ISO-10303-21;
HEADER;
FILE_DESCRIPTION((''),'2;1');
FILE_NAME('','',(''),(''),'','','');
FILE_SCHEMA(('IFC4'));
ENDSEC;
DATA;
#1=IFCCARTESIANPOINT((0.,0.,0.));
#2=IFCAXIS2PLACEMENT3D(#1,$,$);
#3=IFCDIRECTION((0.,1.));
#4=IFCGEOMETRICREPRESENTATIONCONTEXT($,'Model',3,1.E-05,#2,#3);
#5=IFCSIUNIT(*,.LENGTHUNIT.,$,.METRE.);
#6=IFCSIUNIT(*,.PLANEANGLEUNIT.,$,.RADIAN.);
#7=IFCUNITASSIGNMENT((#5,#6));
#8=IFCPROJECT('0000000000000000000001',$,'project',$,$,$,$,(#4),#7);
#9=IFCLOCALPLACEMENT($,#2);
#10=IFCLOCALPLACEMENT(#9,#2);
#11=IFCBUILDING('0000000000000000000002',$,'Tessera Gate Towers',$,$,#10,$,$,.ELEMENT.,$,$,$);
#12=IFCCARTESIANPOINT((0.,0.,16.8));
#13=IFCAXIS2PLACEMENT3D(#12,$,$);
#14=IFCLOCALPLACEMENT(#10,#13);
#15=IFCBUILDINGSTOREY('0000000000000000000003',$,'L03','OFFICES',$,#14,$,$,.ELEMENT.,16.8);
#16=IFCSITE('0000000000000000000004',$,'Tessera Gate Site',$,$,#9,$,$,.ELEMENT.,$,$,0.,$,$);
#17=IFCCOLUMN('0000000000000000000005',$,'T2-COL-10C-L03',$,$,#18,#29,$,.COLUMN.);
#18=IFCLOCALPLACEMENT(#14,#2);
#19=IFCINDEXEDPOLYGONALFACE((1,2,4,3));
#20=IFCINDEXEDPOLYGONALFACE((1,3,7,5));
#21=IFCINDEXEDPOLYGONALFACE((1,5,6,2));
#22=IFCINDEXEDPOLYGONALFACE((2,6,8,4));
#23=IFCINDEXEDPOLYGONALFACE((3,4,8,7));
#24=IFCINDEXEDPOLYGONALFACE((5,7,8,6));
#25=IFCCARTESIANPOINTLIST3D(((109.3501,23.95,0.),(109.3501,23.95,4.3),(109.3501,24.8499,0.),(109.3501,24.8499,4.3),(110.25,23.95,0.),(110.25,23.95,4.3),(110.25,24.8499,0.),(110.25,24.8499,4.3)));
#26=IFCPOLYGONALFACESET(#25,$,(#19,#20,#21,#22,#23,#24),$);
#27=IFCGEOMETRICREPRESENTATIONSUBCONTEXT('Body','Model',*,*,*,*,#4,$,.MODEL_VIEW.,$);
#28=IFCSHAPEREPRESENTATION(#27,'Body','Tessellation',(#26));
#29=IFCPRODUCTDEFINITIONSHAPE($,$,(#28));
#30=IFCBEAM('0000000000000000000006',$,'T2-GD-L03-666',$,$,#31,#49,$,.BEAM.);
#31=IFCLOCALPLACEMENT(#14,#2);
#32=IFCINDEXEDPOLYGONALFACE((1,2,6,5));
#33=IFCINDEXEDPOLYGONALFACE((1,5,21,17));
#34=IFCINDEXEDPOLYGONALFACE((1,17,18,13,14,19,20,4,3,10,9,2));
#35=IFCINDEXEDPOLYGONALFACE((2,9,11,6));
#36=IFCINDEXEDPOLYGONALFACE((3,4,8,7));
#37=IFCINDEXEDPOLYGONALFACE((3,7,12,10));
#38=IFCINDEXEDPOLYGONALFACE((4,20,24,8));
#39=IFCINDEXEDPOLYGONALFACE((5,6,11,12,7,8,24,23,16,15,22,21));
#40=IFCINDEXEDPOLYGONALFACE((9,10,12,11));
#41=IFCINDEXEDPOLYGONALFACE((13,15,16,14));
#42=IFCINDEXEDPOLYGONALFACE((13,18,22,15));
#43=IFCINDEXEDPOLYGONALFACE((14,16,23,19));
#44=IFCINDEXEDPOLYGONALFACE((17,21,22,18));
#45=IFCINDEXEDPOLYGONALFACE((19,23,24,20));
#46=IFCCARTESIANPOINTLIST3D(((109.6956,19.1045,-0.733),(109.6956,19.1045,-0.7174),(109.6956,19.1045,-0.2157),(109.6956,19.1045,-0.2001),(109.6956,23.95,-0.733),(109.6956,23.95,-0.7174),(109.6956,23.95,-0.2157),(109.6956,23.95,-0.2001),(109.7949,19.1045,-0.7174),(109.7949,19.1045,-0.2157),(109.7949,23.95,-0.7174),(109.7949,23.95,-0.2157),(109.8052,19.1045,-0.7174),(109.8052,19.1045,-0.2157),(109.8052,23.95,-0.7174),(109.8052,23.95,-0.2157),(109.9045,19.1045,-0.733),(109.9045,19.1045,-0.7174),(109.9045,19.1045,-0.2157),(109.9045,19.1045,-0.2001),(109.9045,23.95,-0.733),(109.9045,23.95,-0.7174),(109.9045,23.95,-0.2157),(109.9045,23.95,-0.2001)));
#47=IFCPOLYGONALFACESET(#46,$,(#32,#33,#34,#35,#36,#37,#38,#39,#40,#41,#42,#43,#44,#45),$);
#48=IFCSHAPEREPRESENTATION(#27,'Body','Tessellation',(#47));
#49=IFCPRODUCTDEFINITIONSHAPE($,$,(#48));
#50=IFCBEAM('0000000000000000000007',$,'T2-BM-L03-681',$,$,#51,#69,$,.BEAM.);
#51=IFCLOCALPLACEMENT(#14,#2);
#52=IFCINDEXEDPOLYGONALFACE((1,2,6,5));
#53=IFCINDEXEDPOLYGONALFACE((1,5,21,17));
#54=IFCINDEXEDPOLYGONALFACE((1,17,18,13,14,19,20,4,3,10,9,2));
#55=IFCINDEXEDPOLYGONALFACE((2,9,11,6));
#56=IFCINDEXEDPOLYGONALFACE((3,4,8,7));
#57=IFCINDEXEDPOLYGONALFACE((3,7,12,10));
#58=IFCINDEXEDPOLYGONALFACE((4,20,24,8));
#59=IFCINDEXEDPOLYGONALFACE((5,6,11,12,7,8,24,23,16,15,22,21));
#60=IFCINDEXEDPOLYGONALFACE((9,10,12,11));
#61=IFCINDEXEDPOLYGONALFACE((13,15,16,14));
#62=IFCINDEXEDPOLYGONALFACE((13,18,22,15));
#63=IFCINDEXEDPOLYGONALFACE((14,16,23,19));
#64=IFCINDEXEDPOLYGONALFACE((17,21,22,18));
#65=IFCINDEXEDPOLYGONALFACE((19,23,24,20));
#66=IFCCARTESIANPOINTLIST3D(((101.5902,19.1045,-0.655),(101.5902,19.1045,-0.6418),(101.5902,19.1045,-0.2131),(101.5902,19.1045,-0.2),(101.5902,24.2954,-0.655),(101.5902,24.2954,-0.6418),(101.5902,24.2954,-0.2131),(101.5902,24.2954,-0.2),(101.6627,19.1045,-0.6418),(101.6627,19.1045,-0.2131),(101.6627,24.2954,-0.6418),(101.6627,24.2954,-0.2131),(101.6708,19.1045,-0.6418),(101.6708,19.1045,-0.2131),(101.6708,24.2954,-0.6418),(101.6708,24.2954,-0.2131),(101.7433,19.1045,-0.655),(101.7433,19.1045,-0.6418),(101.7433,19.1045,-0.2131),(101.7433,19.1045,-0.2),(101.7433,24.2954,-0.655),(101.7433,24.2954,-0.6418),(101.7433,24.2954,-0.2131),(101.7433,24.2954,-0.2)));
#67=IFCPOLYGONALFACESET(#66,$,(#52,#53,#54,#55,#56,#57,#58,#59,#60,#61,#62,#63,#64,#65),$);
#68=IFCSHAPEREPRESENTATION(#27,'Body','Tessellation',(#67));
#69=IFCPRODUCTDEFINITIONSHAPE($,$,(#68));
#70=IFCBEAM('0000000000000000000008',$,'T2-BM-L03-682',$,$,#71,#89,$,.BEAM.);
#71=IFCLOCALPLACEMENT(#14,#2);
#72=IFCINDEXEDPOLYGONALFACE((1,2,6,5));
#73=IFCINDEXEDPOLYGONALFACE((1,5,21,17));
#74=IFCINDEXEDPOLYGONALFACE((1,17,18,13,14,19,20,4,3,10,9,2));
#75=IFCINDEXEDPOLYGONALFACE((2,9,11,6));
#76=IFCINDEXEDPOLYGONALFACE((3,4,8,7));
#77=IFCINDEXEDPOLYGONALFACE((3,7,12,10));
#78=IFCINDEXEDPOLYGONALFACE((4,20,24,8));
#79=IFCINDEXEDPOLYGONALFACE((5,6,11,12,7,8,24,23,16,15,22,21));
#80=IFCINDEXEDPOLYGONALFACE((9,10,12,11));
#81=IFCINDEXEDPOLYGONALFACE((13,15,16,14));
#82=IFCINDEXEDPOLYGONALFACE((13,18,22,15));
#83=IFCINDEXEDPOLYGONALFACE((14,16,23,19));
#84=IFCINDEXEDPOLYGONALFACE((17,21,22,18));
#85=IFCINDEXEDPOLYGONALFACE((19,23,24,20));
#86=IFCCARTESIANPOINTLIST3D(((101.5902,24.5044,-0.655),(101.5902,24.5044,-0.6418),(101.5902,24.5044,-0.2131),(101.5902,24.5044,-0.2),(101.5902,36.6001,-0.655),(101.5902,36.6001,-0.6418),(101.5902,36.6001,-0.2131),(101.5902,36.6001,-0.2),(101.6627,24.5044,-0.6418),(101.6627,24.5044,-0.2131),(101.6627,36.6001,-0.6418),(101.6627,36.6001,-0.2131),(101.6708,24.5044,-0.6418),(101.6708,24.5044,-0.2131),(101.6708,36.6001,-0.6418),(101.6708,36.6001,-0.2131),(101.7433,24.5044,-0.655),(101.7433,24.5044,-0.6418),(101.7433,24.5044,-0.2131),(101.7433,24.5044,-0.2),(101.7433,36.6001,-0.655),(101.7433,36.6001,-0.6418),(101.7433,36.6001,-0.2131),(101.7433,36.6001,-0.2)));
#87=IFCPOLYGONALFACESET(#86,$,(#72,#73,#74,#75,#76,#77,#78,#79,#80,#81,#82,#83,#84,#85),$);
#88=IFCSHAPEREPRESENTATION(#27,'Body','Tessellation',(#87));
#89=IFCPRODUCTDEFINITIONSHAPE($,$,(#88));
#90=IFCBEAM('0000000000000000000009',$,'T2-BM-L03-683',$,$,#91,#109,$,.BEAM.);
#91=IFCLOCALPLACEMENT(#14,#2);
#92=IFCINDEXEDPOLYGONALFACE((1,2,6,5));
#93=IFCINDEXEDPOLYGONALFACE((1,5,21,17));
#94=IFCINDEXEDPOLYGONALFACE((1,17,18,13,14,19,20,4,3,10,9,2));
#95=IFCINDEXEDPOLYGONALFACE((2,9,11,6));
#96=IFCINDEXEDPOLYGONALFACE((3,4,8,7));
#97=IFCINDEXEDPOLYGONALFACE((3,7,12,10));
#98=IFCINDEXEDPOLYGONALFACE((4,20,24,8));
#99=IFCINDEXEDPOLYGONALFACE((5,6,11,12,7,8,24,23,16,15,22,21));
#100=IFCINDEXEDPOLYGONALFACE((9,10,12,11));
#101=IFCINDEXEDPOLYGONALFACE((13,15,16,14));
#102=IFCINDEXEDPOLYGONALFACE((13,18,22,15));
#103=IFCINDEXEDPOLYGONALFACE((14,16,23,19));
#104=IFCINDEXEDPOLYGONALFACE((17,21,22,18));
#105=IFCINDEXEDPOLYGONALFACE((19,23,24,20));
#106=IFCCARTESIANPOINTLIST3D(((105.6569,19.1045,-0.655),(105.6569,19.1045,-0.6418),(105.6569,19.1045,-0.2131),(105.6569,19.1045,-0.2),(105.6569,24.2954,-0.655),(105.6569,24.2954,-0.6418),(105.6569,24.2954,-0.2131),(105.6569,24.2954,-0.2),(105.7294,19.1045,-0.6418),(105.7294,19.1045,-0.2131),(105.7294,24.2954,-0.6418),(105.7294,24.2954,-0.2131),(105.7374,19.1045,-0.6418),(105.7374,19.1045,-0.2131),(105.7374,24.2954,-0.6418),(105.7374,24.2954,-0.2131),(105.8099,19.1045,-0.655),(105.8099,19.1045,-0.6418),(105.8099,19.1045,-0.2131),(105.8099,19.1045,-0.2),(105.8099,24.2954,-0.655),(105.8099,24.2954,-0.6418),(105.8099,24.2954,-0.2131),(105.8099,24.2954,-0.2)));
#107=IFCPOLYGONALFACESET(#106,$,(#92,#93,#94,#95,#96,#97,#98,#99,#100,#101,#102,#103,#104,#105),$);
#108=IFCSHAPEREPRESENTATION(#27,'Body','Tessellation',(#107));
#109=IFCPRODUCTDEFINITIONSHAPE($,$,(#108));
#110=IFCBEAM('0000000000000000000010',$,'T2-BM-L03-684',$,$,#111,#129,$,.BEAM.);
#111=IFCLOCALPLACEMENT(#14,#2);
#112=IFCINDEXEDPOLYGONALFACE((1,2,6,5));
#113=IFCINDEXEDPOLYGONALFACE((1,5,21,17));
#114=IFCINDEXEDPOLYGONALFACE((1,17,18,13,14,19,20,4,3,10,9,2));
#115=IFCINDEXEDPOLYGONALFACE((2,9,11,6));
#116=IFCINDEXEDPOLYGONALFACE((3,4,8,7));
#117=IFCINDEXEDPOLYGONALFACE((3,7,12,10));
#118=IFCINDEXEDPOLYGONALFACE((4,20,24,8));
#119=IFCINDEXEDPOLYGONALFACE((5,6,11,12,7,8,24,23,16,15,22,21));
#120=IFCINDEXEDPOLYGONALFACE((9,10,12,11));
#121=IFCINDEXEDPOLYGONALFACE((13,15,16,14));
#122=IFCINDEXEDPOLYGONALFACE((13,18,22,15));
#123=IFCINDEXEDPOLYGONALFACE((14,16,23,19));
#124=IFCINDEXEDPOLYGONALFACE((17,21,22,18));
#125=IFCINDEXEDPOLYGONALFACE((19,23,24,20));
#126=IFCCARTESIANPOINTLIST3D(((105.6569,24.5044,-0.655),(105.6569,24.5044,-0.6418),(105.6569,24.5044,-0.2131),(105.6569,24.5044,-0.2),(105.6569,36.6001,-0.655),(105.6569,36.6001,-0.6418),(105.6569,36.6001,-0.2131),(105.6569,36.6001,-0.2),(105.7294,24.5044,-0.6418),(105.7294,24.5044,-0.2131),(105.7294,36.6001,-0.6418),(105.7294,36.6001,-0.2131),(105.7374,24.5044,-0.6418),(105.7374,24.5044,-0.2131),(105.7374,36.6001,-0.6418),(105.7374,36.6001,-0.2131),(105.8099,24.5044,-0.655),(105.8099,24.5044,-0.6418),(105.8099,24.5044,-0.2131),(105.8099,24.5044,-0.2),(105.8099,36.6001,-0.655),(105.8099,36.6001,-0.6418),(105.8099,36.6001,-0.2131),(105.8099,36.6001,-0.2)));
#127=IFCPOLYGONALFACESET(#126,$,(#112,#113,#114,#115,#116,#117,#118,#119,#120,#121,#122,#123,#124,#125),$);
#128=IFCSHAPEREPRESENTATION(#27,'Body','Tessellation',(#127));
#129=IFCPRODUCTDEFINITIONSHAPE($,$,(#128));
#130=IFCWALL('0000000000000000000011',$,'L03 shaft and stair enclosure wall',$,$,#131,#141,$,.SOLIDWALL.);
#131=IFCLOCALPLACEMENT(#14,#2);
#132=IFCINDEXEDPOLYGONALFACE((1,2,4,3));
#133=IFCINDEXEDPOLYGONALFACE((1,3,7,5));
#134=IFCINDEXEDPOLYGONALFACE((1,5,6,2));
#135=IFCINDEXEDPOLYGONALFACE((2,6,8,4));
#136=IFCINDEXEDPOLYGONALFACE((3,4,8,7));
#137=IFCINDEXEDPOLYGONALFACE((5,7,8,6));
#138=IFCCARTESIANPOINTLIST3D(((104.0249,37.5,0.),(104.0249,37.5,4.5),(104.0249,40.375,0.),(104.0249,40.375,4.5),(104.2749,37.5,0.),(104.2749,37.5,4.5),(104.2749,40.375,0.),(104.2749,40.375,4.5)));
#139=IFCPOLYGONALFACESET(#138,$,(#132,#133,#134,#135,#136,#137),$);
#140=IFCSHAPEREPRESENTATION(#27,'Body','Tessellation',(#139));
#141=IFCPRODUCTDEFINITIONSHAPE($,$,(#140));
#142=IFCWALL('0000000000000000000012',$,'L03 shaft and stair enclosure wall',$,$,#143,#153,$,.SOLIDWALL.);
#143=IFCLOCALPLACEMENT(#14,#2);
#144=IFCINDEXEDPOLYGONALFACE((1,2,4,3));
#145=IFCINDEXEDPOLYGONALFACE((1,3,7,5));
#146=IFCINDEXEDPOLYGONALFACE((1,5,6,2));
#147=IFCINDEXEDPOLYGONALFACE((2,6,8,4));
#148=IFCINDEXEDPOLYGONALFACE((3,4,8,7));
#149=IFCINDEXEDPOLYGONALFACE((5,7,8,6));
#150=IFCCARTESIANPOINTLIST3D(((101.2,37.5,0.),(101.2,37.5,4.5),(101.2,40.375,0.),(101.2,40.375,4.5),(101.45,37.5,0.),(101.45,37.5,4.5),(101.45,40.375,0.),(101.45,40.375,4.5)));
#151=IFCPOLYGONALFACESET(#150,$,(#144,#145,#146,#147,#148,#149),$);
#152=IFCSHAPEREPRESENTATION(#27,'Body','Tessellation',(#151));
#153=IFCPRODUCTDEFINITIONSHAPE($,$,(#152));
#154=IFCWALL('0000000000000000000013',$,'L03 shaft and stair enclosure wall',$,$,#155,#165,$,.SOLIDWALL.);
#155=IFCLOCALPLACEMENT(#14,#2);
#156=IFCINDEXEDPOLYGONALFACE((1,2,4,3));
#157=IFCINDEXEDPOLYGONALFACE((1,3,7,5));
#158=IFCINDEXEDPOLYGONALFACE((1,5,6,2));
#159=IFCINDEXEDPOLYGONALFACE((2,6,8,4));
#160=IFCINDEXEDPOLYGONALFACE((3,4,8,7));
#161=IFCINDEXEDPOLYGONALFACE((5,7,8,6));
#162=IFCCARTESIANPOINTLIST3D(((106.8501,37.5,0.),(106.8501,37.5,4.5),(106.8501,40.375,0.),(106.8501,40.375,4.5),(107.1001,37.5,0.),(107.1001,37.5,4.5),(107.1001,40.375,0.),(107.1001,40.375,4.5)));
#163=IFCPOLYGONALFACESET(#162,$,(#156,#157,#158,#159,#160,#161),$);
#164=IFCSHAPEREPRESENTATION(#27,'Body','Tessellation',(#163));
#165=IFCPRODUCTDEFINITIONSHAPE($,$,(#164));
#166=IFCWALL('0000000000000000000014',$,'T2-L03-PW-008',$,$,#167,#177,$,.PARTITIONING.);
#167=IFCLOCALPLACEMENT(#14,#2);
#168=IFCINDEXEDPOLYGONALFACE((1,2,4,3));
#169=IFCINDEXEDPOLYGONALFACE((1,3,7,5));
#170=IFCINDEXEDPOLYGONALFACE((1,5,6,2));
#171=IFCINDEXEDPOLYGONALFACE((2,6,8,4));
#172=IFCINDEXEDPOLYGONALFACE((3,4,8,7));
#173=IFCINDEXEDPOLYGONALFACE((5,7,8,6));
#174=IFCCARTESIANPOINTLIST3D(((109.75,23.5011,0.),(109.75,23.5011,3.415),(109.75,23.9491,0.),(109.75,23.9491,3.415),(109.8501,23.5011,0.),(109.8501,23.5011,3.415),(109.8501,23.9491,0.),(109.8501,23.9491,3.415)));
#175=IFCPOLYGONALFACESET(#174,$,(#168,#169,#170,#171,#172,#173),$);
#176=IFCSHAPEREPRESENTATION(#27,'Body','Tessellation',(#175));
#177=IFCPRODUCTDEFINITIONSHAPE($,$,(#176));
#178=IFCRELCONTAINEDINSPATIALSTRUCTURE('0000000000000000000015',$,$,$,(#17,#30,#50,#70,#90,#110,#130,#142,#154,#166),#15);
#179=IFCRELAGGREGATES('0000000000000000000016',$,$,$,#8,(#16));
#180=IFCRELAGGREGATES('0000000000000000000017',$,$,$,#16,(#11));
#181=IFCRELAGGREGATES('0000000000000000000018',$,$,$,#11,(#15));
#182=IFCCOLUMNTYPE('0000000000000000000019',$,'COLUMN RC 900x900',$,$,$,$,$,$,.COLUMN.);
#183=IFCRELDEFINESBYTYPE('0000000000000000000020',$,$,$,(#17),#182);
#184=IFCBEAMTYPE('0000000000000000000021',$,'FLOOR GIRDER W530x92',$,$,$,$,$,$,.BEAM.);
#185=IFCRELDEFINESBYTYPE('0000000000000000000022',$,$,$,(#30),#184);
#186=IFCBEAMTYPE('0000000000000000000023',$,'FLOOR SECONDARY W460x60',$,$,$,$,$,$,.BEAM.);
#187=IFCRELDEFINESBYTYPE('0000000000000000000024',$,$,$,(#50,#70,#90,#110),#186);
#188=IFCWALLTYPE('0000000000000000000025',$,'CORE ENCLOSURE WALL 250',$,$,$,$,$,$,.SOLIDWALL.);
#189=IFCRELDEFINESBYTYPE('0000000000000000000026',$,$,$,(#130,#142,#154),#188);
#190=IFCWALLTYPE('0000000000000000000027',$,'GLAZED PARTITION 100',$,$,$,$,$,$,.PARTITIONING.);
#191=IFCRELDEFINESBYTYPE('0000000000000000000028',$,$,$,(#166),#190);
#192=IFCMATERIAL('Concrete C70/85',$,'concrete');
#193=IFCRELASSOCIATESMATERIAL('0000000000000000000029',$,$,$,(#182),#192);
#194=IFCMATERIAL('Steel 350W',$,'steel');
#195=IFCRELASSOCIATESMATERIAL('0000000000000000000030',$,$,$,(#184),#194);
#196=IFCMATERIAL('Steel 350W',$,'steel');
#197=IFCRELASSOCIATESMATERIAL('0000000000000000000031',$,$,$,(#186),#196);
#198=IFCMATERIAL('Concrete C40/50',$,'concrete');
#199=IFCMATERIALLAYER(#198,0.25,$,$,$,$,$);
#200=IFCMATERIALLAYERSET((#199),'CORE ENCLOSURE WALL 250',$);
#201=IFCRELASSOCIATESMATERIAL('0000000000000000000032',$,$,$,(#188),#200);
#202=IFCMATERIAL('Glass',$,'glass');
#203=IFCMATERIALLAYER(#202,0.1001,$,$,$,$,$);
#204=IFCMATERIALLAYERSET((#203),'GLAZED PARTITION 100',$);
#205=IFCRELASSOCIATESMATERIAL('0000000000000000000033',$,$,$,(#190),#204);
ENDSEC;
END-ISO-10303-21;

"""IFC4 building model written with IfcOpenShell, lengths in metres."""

from ifc_helpers import new_model, si_unit, direction, frame, frame_2d, origin, origin_2d, place, context, subcontext, project, spatial, rectangle, i_section, extrude, material, layer, layer_set, material_profile, profile_set, type_object, element, save


model = new_model("IFC4")

# Units and contexts
model_context = context("Model", 3, precision=1e-05, world=origin(), true_north=direction((0.0, 1.0)))
body_context = subcontext(model_context, "Body", "Model", "MODEL_VIEW")
ifc_project = project(units=[si_unit("LENGTHUNIT", "METRE"), si_unit("PLANEANGLEUNIT", "RADIAN")], contexts=[model_context])

# Site, building, storey
site_placement = place(None, origin())
site = spatial("IfcSite", under=ifc_project, at=site_placement, Name="Tessera Gate Site", CompositionType="ELEMENT", RefElevation=0.0)
building_placement = place(site_placement, origin())
building = spatial("IfcBuilding", under=site, at=building_placement, Name="Tessera Gate Towers", CompositionType="ELEMENT")
storey_placement = place(building_placement, frame((0.0, 0.0, 16.8)))
storey = spatial("IfcBuildingStorey", under=building, at=storey_placement, Name="L03", Description="OFFICES", CompositionType="ELEMENT", Elevation=16.8)

# Column
ifc_material_1 = material(Name="Concrete C70/85", Category="concrete")
ifc_material_profile_1 = material_profile(ifc_material_1, rectangle(XDim=0.8999, YDim=0.8999, at=origin_2d()), Name="RC 900x900")
ifc_profile_set_1 = profile_set([ifc_material_profile_1], Name="Concrete C70/85")
column_type = type_object("IfcColumnType", Name="COLUMN RC 900x900", PredefinedType="COLUMN", material=ifc_profile_set_1)
column_placement = place(storey_placement, frame((109.8, 24.3999, 0.0), z_axis=(0.0, 0.0, 1.0), x_axis=(1.0, 0.0, 0.0)))
element("IfcColumn", 1, at=column_placement, inside=storey, type_object=column_type, Name="T2-COL-10C-L03", PredefinedType="COLUMN", context=body_context, shape_type="SweptSolid", body=[
    extrude(rectangle(XDim=0.8999, YDim=0.8999, at=origin_2d()), origin(), (0.0, 0.0, 1.0), 4.3),
])

# Beams
ifc_material_2 = material(Name="Steel 350W", Category="steel")
ifc_material_profile_2 = material_profile(ifc_material_2, i_section(OverallWidth=0.209, OverallDepth=0.533, WebThickness=0.0103, FlangeThickness=0.0156, at=origin_2d()), Name="W530x92")
ifc_profile_set_2 = profile_set([ifc_material_profile_2], Name="Steel 350W")
beam_type_1 = type_object("IfcBeamType", Name="FLOOR GIRDER W530x92", PredefinedType="BEAM", material=ifc_profile_set_2)
beam_1_placement = place(storey_placement, frame((109.8, 19.1045, -0.4666), z_axis=(0.0, 1.0, 0.0), x_axis=(-1.0, 0.0, 0.0)))
element("IfcBeam", 2, at=beam_1_placement, inside=storey, type_object=beam_type_1, Name="T2-GD-L03-666", PredefinedType="BEAM", context=body_context, shape_type="SweptSolid", body=[
    extrude(i_section(OverallWidth=0.209, OverallDepth=0.533, WebThickness=0.0103, FlangeThickness=0.0156, at=origin_2d()), origin(), (0.0, 0.0, 1.0), 4.8455),
])
ifc_material_3 = material(Name="Steel 350W", Category="steel")
ifc_material_profile_3 = material_profile(ifc_material_3, i_section(OverallWidth=0.1531, OverallDepth=0.4551, WebThickness=0.0081, FlangeThickness=0.0132, at=origin_2d()), Name="W460x60")
ifc_profile_set_3 = profile_set([ifc_material_profile_3], Name="Steel 350W")
beam_type_2 = type_object("IfcBeamType", Name="FLOOR SECONDARY W460x60", PredefinedType="BEAM", material=ifc_profile_set_3)
beam_2_placement = place(storey_placement, frame((101.6667, 19.1045, -0.4275), z_axis=(0.0, 1.0, 0.0), x_axis=(-1.0, 0.0, 0.0)))
element("IfcBeam", 3, at=beam_2_placement, inside=storey, type_object=beam_type_2, Name="T2-BM-L03-681", PredefinedType="BEAM", context=body_context, shape_type="SweptSolid", body=[
    extrude(i_section(OverallWidth=0.1531, OverallDepth=0.4551, WebThickness=0.0081, FlangeThickness=0.0132, at=origin_2d()), origin(), (0.0, 0.0, 1.0), 5.1909),
])
beam_3_placement = place(storey_placement, frame((101.6667, 24.5044, -0.4275), z_axis=(0.0, 1.0, 0.0), x_axis=(-1.0, 0.0, 0.0)))
element("IfcBeam", 4, at=beam_3_placement, inside=storey, type_object=beam_type_2, Name="T2-BM-L03-682", PredefinedType="BEAM", context=body_context, shape_type="SweptSolid", body=[
    extrude(i_section(OverallWidth=0.1531, OverallDepth=0.4551, WebThickness=0.0081, FlangeThickness=0.0132, at=origin_2d()), origin(), (0.0, 0.0, 1.0), 12.0957),
])
beam_4_placement = place(storey_placement, frame((105.7334, 19.1045, -0.4275), z_axis=(0.0, 1.0, 0.0), x_axis=(-1.0, 0.0, 0.0)))
element("IfcBeam", 5, at=beam_4_placement, inside=storey, type_object=beam_type_2, Name="T2-BM-L03-683", PredefinedType="BEAM", context=body_context, shape_type="SweptSolid", body=[
    extrude(i_section(OverallWidth=0.1531, OverallDepth=0.4551, WebThickness=0.0081, FlangeThickness=0.0132, at=origin_2d()), origin(), (0.0, 0.0, 1.0), 5.1909),
])
beam_5_placement = place(storey_placement, frame((105.7334, 24.5044, -0.4275), z_axis=(0.0, 1.0, 0.0), x_axis=(-1.0, 0.0, 0.0)))
element("IfcBeam", 6, at=beam_5_placement, inside=storey, type_object=beam_type_2, Name="T2-BM-L03-684", PredefinedType="BEAM", context=body_context, shape_type="SweptSolid", body=[
    extrude(i_section(OverallWidth=0.1531, OverallDepth=0.4551, WebThickness=0.0081, FlangeThickness=0.0132, at=origin_2d()), origin(), (0.0, 0.0, 1.0), 12.0957),
])

# Walls
ifc_material_4 = material(Name="Concrete C40/50", Category="concrete")
ifc_layer_1 = layer(ifc_material_4, 0.25)
ifc_layer_set_1 = layer_set([ifc_layer_1], Name="CORE ENCLOSURE WALL 250")
wall_type_1 = type_object("IfcWallType", Name="CORE ENCLOSURE WALL 250", PredefinedType="SOLIDWALL", material=ifc_layer_set_1)
for number, where, z_axis, x_axis, name in (
    (7, (104.1499, 37.5, 0.0), (0.0, 0.0, 1.0), (0.0, 1.0, 0.0), "L03 shaft and stair enclosure wall"),
    (8, (101.325, 37.5, 0.0), (0.0, 0.0, 1.0), (0.0, 1.0, 0.0), "L03 shaft and stair enclosure wall"),
    (9, (106.9751, 37.5, 0.0), (0.0, 0.0, 1.0), (0.0, 1.0, 0.0), "L03 shaft and stair enclosure wall"),
):
    element("IfcWall", number, at=place(storey_placement, frame(where, z_axis=z_axis, x_axis=x_axis)), inside=storey, type_object=wall_type_1, Name=name, PredefinedType="SOLIDWALL", context=body_context, shape_type="SweptSolid", body=[
        extrude(rectangle(XDim=2.875, YDim=0.25, at=frame_2d((1.4375, 0.0))), origin(), (0.0, 0.0, 1.0), 4.5),
    ])
ifc_material_5 = material(Name="Glass", Category="glass")
ifc_layer_2 = layer(ifc_material_5, 0.1001)
ifc_layer_set_2 = layer_set([ifc_layer_2], Name="GLAZED PARTITION 100")
wall_type_2 = type_object("IfcWallType", Name="GLAZED PARTITION 100", PredefinedType="PARTITIONING", material=ifc_layer_set_2)
wall_1_placement = place(storey_placement, frame((109.8, 23.501, 0.0), z_axis=(0.0, 0.0, 1.0), x_axis=(0.0, 1.0, 0.0)))
element("IfcWall", 10, at=wall_1_placement, inside=storey, type_object=wall_type_2, Name="T2-L03-PW-008", PredefinedType="PARTITIONING", context=body_context, shape_type="SweptSolid", body=[
    extrude(rectangle(XDim=0.448, YDim=0.1001, at=frame_2d((0.2241, 0.0))), origin(), (0.0, 0.0, 1.0), 3.415),
])

save(model, "model.ifc")
